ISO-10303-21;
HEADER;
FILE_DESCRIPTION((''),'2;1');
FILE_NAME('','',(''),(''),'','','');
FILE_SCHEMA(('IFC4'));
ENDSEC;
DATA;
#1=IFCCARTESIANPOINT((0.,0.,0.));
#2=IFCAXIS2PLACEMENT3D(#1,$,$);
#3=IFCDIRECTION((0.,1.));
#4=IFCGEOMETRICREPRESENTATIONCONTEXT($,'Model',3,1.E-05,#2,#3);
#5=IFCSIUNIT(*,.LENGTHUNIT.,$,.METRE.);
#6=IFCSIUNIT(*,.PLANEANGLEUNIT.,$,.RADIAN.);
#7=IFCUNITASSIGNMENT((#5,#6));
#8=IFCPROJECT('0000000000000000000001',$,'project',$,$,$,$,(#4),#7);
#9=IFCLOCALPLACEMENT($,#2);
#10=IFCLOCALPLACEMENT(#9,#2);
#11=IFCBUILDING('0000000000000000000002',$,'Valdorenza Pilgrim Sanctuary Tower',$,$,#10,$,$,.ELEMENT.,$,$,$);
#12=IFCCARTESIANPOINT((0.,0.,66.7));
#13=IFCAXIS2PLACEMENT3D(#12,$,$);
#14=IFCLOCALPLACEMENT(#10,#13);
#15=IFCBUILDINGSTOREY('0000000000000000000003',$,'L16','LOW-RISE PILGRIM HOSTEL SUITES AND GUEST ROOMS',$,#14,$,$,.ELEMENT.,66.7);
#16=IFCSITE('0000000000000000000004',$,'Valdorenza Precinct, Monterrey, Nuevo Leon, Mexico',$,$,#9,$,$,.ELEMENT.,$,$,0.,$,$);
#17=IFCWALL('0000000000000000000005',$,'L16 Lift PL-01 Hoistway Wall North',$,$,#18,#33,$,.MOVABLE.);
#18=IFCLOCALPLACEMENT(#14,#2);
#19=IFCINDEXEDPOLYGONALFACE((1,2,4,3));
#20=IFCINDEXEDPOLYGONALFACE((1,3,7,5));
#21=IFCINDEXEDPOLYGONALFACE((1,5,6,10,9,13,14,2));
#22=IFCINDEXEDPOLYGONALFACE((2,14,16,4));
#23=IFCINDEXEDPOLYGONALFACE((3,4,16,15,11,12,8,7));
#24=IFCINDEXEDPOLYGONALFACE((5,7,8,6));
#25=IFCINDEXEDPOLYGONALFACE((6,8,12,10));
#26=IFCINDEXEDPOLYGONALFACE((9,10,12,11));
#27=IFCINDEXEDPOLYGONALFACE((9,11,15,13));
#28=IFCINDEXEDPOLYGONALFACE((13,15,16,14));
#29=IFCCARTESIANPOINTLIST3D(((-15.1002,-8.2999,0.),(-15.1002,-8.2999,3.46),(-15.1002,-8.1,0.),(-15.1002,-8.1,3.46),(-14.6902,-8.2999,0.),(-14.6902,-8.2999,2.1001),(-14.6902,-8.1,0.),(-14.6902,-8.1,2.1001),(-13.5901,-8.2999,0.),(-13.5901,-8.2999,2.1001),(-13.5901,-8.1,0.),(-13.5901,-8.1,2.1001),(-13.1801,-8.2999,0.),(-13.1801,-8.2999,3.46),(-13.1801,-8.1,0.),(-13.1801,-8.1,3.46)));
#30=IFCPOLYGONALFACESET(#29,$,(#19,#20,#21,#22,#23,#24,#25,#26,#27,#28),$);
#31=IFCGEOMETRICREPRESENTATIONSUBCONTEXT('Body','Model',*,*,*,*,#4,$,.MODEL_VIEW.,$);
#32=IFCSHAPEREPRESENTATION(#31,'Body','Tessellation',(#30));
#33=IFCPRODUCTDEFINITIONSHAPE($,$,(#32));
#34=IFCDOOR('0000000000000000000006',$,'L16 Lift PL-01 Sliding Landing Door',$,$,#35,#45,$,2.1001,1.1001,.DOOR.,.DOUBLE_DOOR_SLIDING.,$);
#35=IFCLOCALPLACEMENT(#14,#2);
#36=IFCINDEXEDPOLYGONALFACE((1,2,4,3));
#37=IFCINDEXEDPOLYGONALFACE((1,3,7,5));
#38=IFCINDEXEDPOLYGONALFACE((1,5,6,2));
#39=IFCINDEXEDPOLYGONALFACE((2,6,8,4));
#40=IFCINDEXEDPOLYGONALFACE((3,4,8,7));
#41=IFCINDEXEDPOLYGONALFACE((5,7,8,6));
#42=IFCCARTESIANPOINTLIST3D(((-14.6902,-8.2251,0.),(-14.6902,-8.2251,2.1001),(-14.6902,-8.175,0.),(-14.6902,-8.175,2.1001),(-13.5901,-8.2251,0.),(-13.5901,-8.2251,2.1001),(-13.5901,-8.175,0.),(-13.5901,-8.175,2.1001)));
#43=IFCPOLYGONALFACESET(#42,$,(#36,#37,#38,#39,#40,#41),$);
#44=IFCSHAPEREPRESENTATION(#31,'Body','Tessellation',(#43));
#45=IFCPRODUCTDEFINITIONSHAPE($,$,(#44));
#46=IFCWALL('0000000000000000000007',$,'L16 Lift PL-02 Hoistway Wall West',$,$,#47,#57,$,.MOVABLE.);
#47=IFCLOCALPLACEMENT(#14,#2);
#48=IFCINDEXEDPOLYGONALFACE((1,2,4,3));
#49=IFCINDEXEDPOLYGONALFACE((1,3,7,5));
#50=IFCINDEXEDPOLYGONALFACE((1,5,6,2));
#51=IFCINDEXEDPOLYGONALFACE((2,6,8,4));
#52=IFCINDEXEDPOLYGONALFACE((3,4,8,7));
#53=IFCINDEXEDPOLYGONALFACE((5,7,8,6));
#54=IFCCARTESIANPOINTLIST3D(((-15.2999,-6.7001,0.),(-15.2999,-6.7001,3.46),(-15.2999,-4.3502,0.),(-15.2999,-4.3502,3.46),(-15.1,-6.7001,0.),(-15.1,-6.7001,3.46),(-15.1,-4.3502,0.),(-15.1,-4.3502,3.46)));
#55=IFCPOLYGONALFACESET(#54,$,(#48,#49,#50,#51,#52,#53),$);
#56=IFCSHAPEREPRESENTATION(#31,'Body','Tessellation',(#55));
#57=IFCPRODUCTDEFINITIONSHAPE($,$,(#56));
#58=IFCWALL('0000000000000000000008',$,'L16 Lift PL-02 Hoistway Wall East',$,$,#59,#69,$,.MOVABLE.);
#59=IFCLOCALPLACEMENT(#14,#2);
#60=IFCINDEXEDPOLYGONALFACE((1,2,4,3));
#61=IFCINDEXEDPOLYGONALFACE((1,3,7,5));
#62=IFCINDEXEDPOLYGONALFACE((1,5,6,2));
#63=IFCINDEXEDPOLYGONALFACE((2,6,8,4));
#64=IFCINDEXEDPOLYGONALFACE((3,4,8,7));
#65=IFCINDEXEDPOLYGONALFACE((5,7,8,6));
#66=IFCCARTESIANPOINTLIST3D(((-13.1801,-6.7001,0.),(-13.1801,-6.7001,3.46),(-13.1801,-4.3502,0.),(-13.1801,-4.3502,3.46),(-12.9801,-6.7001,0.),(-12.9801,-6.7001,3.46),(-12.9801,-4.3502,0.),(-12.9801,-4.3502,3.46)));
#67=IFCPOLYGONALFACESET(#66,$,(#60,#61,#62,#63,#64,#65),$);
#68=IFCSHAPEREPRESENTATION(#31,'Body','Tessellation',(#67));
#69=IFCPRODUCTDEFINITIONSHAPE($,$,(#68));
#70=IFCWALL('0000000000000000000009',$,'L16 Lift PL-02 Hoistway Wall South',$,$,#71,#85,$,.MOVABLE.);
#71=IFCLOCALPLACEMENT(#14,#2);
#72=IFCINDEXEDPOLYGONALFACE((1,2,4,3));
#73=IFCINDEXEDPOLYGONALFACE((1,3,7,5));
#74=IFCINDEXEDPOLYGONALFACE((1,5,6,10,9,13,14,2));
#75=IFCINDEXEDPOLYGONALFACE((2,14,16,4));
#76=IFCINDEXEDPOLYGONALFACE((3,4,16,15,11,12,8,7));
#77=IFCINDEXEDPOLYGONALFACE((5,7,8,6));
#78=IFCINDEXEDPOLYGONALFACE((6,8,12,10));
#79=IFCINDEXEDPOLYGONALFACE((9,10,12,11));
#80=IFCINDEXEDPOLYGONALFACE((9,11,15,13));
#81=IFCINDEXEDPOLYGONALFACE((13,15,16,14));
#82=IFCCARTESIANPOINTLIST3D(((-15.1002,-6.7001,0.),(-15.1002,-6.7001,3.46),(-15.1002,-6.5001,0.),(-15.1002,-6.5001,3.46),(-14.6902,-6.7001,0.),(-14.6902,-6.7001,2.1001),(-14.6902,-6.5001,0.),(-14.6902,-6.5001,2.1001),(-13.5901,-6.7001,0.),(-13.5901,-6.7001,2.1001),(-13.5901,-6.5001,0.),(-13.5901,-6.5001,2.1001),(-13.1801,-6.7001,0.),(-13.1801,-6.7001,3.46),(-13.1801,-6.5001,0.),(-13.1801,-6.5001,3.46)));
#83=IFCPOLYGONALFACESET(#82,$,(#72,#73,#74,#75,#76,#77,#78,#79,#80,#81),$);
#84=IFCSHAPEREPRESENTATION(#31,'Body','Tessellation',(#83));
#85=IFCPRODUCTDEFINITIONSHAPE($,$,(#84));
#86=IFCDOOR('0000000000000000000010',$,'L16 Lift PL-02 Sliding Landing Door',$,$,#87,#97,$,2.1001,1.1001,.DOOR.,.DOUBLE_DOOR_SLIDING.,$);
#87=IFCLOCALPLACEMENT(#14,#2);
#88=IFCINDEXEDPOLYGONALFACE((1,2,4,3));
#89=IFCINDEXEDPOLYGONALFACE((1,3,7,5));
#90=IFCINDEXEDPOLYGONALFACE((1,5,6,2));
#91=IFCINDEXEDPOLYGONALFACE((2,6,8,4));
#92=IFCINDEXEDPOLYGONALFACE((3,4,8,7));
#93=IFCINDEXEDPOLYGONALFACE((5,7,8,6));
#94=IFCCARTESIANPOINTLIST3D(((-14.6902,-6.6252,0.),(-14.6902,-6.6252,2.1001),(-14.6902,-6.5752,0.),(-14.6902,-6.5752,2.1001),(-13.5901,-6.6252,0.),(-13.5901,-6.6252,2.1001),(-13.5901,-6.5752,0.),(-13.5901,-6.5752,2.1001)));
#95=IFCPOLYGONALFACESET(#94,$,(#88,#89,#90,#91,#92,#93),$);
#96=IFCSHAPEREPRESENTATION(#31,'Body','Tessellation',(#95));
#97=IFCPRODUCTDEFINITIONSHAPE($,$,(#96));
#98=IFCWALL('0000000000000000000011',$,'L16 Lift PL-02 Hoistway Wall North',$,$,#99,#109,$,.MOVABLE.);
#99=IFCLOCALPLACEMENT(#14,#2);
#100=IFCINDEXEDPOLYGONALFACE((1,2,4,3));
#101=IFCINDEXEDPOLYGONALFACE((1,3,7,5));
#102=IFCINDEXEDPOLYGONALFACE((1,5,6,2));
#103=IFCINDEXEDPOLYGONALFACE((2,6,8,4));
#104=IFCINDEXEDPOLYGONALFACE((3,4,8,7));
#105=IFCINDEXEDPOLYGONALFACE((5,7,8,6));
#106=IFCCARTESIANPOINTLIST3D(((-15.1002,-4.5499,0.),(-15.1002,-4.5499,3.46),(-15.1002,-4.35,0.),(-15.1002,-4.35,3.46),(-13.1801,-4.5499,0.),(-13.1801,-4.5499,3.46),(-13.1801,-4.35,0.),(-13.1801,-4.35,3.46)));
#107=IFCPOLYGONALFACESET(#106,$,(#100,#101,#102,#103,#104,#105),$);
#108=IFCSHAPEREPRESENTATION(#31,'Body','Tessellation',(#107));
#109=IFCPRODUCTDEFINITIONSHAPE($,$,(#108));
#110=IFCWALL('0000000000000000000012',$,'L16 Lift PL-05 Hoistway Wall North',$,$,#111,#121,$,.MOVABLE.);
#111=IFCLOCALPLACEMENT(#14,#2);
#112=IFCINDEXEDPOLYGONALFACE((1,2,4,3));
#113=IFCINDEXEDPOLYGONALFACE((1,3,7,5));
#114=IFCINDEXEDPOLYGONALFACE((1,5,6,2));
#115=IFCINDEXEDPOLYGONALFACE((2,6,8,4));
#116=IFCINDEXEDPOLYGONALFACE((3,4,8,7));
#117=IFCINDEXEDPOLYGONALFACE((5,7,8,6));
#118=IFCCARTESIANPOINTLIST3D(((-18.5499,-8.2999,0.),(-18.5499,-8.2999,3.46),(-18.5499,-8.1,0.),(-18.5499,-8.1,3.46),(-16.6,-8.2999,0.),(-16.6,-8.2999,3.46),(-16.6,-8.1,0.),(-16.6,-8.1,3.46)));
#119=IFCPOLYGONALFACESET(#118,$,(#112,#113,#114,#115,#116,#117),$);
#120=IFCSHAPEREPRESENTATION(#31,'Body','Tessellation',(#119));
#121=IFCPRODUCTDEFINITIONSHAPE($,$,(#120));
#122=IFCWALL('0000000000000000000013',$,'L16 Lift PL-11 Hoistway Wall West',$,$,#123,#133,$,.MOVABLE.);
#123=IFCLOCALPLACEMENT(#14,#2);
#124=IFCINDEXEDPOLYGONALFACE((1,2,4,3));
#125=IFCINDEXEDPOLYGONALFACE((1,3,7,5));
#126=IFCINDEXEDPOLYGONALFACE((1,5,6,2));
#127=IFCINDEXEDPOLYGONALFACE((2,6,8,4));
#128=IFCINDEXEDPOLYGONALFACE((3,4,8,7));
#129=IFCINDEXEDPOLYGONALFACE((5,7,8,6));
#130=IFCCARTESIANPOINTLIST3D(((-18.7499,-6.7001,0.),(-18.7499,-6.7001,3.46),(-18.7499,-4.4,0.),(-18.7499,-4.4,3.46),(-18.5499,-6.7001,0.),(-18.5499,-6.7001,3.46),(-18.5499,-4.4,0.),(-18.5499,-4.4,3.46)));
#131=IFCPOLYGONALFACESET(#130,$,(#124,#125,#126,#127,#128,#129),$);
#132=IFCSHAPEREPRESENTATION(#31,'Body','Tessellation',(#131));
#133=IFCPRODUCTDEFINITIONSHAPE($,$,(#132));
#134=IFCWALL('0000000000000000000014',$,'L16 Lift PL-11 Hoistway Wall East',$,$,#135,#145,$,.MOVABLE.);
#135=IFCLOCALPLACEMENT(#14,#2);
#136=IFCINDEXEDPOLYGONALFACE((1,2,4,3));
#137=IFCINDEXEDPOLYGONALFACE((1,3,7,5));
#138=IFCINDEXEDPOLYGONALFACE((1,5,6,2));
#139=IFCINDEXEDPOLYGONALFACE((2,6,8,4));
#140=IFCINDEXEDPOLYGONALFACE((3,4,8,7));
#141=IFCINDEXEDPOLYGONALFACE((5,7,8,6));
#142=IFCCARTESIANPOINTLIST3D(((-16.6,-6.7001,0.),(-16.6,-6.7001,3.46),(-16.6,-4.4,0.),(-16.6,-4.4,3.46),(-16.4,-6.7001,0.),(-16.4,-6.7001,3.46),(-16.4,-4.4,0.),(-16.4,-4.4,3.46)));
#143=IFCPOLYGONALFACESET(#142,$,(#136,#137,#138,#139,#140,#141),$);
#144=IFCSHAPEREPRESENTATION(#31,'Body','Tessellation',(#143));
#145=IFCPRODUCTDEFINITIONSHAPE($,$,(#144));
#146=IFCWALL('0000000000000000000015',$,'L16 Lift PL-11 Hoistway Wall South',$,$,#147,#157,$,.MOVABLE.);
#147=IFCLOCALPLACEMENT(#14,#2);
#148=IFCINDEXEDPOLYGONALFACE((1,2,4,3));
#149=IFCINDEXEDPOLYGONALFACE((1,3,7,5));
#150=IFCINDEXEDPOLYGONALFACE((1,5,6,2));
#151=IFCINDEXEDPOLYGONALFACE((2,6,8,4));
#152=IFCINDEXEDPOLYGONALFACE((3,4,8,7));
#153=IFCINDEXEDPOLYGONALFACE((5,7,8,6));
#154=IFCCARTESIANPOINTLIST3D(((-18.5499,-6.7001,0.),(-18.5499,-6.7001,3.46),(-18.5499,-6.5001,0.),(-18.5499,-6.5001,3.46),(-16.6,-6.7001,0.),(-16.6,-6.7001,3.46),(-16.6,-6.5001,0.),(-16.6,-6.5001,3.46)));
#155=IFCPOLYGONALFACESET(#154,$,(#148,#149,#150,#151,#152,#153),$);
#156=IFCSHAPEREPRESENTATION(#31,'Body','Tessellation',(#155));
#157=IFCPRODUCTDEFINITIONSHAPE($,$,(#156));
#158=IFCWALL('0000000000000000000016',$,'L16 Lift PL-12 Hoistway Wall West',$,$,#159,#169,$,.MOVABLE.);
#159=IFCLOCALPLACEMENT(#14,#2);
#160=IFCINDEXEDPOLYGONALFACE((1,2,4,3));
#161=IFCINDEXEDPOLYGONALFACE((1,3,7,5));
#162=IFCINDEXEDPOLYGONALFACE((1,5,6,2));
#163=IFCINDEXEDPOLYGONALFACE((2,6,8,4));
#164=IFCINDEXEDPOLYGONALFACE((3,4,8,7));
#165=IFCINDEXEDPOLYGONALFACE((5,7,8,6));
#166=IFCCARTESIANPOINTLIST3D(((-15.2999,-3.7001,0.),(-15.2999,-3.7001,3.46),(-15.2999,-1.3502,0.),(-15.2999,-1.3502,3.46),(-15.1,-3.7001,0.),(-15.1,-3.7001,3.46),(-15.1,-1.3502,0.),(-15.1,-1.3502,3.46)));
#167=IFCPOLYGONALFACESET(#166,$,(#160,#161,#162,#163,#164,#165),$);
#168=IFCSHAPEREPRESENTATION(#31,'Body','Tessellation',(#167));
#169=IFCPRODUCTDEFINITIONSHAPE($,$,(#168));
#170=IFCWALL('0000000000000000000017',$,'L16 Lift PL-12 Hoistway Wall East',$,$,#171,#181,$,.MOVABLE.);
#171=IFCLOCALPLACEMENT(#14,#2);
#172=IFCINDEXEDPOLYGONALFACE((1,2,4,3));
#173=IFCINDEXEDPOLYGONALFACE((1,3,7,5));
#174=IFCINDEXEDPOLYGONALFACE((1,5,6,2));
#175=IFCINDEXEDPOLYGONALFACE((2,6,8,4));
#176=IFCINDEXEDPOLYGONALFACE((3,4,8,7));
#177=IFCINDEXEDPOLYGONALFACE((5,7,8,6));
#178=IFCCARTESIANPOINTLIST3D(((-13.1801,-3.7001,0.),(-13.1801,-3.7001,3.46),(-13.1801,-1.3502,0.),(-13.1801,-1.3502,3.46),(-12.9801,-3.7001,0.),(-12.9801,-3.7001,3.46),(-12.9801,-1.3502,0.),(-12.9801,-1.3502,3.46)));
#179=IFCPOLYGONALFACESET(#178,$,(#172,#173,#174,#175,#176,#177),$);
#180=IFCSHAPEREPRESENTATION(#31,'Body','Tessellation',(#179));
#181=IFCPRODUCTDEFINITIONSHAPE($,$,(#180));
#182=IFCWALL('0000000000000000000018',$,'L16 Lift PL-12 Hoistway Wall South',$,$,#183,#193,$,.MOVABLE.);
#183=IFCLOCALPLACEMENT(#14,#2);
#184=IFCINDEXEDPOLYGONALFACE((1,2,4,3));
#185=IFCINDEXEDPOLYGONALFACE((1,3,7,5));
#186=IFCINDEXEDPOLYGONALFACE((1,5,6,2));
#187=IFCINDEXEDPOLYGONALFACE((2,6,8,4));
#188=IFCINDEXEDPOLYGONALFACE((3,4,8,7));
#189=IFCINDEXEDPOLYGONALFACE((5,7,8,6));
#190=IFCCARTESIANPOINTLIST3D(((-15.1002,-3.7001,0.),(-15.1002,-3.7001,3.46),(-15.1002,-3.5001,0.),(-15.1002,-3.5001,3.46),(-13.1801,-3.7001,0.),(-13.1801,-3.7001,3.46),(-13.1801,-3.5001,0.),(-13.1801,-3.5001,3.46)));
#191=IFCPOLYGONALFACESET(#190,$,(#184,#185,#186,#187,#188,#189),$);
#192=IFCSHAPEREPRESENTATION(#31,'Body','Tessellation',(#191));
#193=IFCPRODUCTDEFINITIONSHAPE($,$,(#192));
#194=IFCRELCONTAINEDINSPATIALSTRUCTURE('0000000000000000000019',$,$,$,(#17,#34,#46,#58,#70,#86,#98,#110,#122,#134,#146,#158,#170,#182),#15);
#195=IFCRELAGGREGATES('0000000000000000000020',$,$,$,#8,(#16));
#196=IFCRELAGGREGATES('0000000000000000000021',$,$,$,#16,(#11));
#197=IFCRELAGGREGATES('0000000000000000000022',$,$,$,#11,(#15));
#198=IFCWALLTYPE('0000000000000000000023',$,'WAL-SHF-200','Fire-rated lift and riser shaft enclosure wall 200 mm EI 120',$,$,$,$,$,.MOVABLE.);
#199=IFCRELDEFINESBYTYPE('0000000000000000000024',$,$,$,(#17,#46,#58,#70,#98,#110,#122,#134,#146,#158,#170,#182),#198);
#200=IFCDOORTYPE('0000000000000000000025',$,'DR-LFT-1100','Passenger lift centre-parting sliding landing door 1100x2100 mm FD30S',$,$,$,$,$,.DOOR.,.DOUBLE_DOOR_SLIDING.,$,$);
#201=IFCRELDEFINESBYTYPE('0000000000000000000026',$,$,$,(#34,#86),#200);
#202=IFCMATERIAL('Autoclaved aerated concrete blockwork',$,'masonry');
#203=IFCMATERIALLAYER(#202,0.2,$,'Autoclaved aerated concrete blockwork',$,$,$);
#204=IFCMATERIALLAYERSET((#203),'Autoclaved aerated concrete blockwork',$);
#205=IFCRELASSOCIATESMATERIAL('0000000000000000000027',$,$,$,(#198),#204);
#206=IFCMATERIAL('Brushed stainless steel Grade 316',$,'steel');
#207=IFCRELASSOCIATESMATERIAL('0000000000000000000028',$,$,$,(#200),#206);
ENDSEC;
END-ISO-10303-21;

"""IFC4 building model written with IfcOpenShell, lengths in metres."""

from ifc_helpers import new_model, si_unit, direction, frame, frame_2d, origin, place, context, subcontext, project, spatial, rectangle, extrude, material, layer, layer_set, type_object, element, fill, save


model = new_model("IFC4")

# Units and contexts
model_context = context("Model", 3, precision=1e-05, world=origin(), true_north=direction((0.0, 1.0)))
body_context = subcontext(model_context, "Body", "Model", "MODEL_VIEW")
ifc_project = project(units=[si_unit("LENGTHUNIT", "METRE"), si_unit("PLANEANGLEUNIT", "RADIAN")], contexts=[model_context])

# Site, building, storey
site_placement = place(None, origin())
site = spatial("IfcSite", under=ifc_project, at=site_placement, Name="Valdorenza Precinct, Monterrey, Nuevo Leon, Mexico", CompositionType="ELEMENT", RefElevation=0.0)
building_placement = place(site_placement, origin())
building = spatial("IfcBuilding", under=site, at=building_placement, Name="Valdorenza Pilgrim Sanctuary Tower", CompositionType="ELEMENT")
storey_placement = place(building_placement, frame((0.0, 0.0, 66.7)))
storey = spatial("IfcBuildingStorey", under=building, at=storey_placement, Name="L16", Description="LOW-RISE PILGRIM HOSTEL SUITES AND GUEST ROOMS", CompositionType="ELEMENT", Elevation=66.7)

# Shared definitions
ifc_material_1 = material(Name="Autoclaved aerated concrete blockwork", Category="masonry")
ifc_layer_1 = layer(ifc_material_1, 0.2, Name="Autoclaved aerated concrete blockwork")
ifc_layer_set_1 = layer_set([ifc_layer_1], Name="Autoclaved aerated concrete blockwork")
wall_type_1 = type_object("IfcWallType", Name="WAL-SHF-200", Description="Fire-rated lift and riser shaft enclosure wall 200 mm EI 120", PredefinedType="MOVABLE", material=ifc_layer_set_1)

# Wall, opening, door
wall_1_placement = place(storey_placement, frame((-15.1001, -8.2, 0.0), z_axis=(0.0, 0.0, 1.0), x_axis=(1.0, 0.0, 0.0)))
wall_1 = element("IfcWall", 1, at=wall_1_placement, inside=storey, type_object=wall_type_1, Name="L16 Lift PL-01 Hoistway Wall North", PredefinedType="MOVABLE", context=body_context, shape_type="SweptSolid", body=[
    extrude(rectangle(XDim=1.9202, YDim=0.2, at=frame_2d((0.96, 0.0))), origin(), (0.0, 0.0, 1.0), 3.46),
])
opening_1_placement = place(wall_1_placement, frame((0.4099, 0.0, 0.0)))
opening_1 = element("IfcOpeningElement", 2, at=opening_1_placement, cuts=wall_1, PredefinedType="OPENING", context=body_context, shape_type="SweptSolid", body=[
    extrude(rectangle(XDim=1.1001, YDim=2.1001, at=frame_2d((0.55, 1.05))), frame((0.0, 0.1147, 0.0), z_axis=(0.0, -1.0, 0.0), x_axis=(1.0, 0.0, 0.0)), (0.0, 0.0, 1.0), 0.2297),
])
ifc_material_2 = material(Name="Brushed stainless steel Grade 316", Category="steel")
door_type = type_object("IfcDoorType", Name="DR-LFT-1100", Description="Passenger lift centre-parting sliding landing door 1100x2100 mm FD30S", OperationType="DOUBLE_DOOR_SLIDING", PredefinedType="DOOR", material=ifc_material_2)
door_1_placement = place(opening_1_placement, origin())
door_1 = element("IfcDoor", 3, at=door_1_placement, inside=storey, type_object=door_type, Name="L16 Lift PL-01 Sliding Landing Door", OperationType="DOUBLE_DOOR_SLIDING", OverallHeight=2.1001, OverallWidth=1.1001, PredefinedType="DOOR", context=body_context, shape_type="SweptSolid", body=[
    extrude(rectangle(XDim=1.1001, YDim=2.1001, at=frame_2d((0.55, 1.05))), frame((0.0, 0.0249, 0.0), z_axis=(0.0, -1.0, 0.0), x_axis=(1.0, 0.0, 0.0)), (0.0, 0.0, 1.0), 0.05),
])
fill(opening_1, door_1)

# Walls
for number, where, z_axis, x_axis, name in (
    (4, (-15.2, -6.7, 0.0), (0.0, 0.0, 1.0), (0.0, 1.0, 0.0), "L16 Lift PL-02 Hoistway Wall West"),
    (5, (-13.0801, -6.7, 0.0), (0.0, 0.0, 1.0), (0.0, 1.0, 0.0), "L16 Lift PL-02 Hoistway Wall East"),
):
    element("IfcWall", number, at=place(storey_placement, frame(where, z_axis=z_axis, x_axis=x_axis)), inside=storey, type_object=wall_type_1, Name=name, PredefinedType="MOVABLE", context=body_context, shape_type="SweptSolid", body=[
        extrude(rectangle(XDim=2.3499, YDim=0.2, at=frame_2d((1.1748, 0.0))), origin(), (0.0, 0.0, 1.0), 3.46),
    ])

# Wall, opening, door
wall_2_placement = place(storey_placement, frame((-15.1001, -6.6001, 0.0), z_axis=(0.0, 0.0, 1.0), x_axis=(1.0, 0.0, 0.0)))
wall_2 = element("IfcWall", 6, at=wall_2_placement, inside=storey, type_object=wall_type_1, Name="L16 Lift PL-02 Hoistway Wall South", PredefinedType="MOVABLE", context=body_context, shape_type="SweptSolid", body=[
    extrude(rectangle(XDim=1.9202, YDim=0.2, at=frame_2d((0.96, 0.0))), origin(), (0.0, 0.0, 1.0), 3.46),
])
opening_2_placement = place(wall_2_placement, frame((0.4099, 0.0, 0.0)))
opening_2 = element("IfcOpeningElement", 7, at=opening_2_placement, cuts=wall_2, PredefinedType="OPENING", context=body_context, shape_type="SweptSolid", body=[
    extrude(rectangle(XDim=1.1001, YDim=2.1001, at=frame_2d((0.55, 1.05))), frame((0.0, 0.1147, 0.0), z_axis=(0.0, -1.0, 0.0), x_axis=(1.0, 0.0, 0.0)), (0.0, 0.0, 1.0), 0.2297),
])
door_2_placement = place(opening_2_placement, origin())
door_2 = element("IfcDoor", 8, at=door_2_placement, inside=storey, type_object=door_type, Name="L16 Lift PL-02 Sliding Landing Door", OperationType="DOUBLE_DOOR_SLIDING", OverallHeight=2.1001, OverallWidth=1.1001, PredefinedType="DOOR", context=body_context, shape_type="SweptSolid", body=[
    extrude(rectangle(XDim=1.1001, YDim=2.1001, at=frame_2d((0.55, 1.05))), frame((0.0, 0.0249, 0.0), z_axis=(0.0, -1.0, 0.0), x_axis=(1.0, 0.0, 0.0)), (0.0, 0.0, 1.0), 0.05),
])
fill(opening_2, door_2)

# Walls
wall_3_placement = place(storey_placement, frame((-15.1001, -4.45, 0.0), z_axis=(0.0, 0.0, 1.0), x_axis=(1.0, 0.0, 0.0)))
element("IfcWall", 9, at=wall_3_placement, inside=storey, type_object=wall_type_1, Name="L16 Lift PL-02 Hoistway Wall North", PredefinedType="MOVABLE", context=body_context, shape_type="SweptSolid", body=[
    extrude(rectangle(XDim=1.9202, YDim=0.2, at=frame_2d((0.96, 0.0))), origin(), (0.0, 0.0, 1.0), 3.46),
])
wall_4_placement = place(storey_placement, frame((-18.55, -8.2, 0.0), z_axis=(0.0, 0.0, 1.0), x_axis=(1.0, 0.0, 0.0)))
element("IfcWall", 10, at=wall_4_placement, inside=storey, type_object=wall_type_1, Name="L16 Lift PL-05 Hoistway Wall North", PredefinedType="MOVABLE", context=body_context, shape_type="SweptSolid", body=[
    extrude(rectangle(XDim=1.95, YDim=0.2, at=frame_2d((0.9751, 0.0))), origin(), (0.0, 0.0, 1.0), 3.46),
])
for number, where, z_axis, x_axis, name in (
    (11, (-18.6499, -6.7, 0.0), (0.0, 0.0, 1.0), (0.0, 1.0, 0.0), "L16 Lift PL-11 Hoistway Wall West"),
    (12, (-16.5, -6.7, 0.0), (0.0, 0.0, 1.0), (0.0, 1.0, 0.0), "L16 Lift PL-11 Hoistway Wall East"),
):
    element("IfcWall", number, at=place(storey_placement, frame(where, z_axis=z_axis, x_axis=x_axis)), inside=storey, type_object=wall_type_1, Name=name, PredefinedType="MOVABLE", context=body_context, shape_type="SweptSolid", body=[
        extrude(rectangle(XDim=2.3, YDim=0.2, at=frame_2d((1.1499, 0.0))), origin(), (0.0, 0.0, 1.0), 3.46),
    ])
wall_5_placement = place(storey_placement, frame((-18.55, -6.6001, 0.0), z_axis=(0.0, 0.0, 1.0), x_axis=(1.0, 0.0, 0.0)))
element("IfcWall", 13, at=wall_5_placement, inside=storey, type_object=wall_type_1, Name="L16 Lift PL-11 Hoistway Wall South", PredefinedType="MOVABLE", context=body_context, shape_type="SweptSolid", body=[
    extrude(rectangle(XDim=1.95, YDim=0.2, at=frame_2d((0.9751, 0.0))), origin(), (0.0, 0.0, 1.0), 3.46),
])
for number, where, z_axis, x_axis, name in (
    (14, (-15.2, -3.7, 0.0), (0.0, 0.0, 1.0), (0.0, 1.0, 0.0), "L16 Lift PL-12 Hoistway Wall West"),
    (15, (-13.0801, -3.7, 0.0), (0.0, 0.0, 1.0), (0.0, 1.0, 0.0), "L16 Lift PL-12 Hoistway Wall East"),
):
    element("IfcWall", number, at=place(storey_placement, frame(where, z_axis=z_axis, x_axis=x_axis)), inside=storey, type_object=wall_type_1, Name=name, PredefinedType="MOVABLE", context=body_context, shape_type="SweptSolid", body=[
        extrude(rectangle(XDim=2.3499, YDim=0.2, at=frame_2d((1.1748, 0.0))), origin(), (0.0, 0.0, 1.0), 3.46),
    ])
wall_6_placement = place(storey_placement, frame((-15.1001, -3.6001, 0.0), z_axis=(0.0, 0.0, 1.0), x_axis=(1.0, 0.0, 0.0)))
element("IfcWall", 16, at=wall_6_placement, inside=storey, type_object=wall_type_1, Name="L16 Lift PL-12 Hoistway Wall South", PredefinedType="MOVABLE", context=body_context, shape_type="SweptSolid", body=[
    extrude(rectangle(XDim=1.9202, YDim=0.2, at=frame_2d((0.96, 0.0))), origin(), (0.0, 0.0, 1.0), 3.46),
])

save(model, "model.ifc")
